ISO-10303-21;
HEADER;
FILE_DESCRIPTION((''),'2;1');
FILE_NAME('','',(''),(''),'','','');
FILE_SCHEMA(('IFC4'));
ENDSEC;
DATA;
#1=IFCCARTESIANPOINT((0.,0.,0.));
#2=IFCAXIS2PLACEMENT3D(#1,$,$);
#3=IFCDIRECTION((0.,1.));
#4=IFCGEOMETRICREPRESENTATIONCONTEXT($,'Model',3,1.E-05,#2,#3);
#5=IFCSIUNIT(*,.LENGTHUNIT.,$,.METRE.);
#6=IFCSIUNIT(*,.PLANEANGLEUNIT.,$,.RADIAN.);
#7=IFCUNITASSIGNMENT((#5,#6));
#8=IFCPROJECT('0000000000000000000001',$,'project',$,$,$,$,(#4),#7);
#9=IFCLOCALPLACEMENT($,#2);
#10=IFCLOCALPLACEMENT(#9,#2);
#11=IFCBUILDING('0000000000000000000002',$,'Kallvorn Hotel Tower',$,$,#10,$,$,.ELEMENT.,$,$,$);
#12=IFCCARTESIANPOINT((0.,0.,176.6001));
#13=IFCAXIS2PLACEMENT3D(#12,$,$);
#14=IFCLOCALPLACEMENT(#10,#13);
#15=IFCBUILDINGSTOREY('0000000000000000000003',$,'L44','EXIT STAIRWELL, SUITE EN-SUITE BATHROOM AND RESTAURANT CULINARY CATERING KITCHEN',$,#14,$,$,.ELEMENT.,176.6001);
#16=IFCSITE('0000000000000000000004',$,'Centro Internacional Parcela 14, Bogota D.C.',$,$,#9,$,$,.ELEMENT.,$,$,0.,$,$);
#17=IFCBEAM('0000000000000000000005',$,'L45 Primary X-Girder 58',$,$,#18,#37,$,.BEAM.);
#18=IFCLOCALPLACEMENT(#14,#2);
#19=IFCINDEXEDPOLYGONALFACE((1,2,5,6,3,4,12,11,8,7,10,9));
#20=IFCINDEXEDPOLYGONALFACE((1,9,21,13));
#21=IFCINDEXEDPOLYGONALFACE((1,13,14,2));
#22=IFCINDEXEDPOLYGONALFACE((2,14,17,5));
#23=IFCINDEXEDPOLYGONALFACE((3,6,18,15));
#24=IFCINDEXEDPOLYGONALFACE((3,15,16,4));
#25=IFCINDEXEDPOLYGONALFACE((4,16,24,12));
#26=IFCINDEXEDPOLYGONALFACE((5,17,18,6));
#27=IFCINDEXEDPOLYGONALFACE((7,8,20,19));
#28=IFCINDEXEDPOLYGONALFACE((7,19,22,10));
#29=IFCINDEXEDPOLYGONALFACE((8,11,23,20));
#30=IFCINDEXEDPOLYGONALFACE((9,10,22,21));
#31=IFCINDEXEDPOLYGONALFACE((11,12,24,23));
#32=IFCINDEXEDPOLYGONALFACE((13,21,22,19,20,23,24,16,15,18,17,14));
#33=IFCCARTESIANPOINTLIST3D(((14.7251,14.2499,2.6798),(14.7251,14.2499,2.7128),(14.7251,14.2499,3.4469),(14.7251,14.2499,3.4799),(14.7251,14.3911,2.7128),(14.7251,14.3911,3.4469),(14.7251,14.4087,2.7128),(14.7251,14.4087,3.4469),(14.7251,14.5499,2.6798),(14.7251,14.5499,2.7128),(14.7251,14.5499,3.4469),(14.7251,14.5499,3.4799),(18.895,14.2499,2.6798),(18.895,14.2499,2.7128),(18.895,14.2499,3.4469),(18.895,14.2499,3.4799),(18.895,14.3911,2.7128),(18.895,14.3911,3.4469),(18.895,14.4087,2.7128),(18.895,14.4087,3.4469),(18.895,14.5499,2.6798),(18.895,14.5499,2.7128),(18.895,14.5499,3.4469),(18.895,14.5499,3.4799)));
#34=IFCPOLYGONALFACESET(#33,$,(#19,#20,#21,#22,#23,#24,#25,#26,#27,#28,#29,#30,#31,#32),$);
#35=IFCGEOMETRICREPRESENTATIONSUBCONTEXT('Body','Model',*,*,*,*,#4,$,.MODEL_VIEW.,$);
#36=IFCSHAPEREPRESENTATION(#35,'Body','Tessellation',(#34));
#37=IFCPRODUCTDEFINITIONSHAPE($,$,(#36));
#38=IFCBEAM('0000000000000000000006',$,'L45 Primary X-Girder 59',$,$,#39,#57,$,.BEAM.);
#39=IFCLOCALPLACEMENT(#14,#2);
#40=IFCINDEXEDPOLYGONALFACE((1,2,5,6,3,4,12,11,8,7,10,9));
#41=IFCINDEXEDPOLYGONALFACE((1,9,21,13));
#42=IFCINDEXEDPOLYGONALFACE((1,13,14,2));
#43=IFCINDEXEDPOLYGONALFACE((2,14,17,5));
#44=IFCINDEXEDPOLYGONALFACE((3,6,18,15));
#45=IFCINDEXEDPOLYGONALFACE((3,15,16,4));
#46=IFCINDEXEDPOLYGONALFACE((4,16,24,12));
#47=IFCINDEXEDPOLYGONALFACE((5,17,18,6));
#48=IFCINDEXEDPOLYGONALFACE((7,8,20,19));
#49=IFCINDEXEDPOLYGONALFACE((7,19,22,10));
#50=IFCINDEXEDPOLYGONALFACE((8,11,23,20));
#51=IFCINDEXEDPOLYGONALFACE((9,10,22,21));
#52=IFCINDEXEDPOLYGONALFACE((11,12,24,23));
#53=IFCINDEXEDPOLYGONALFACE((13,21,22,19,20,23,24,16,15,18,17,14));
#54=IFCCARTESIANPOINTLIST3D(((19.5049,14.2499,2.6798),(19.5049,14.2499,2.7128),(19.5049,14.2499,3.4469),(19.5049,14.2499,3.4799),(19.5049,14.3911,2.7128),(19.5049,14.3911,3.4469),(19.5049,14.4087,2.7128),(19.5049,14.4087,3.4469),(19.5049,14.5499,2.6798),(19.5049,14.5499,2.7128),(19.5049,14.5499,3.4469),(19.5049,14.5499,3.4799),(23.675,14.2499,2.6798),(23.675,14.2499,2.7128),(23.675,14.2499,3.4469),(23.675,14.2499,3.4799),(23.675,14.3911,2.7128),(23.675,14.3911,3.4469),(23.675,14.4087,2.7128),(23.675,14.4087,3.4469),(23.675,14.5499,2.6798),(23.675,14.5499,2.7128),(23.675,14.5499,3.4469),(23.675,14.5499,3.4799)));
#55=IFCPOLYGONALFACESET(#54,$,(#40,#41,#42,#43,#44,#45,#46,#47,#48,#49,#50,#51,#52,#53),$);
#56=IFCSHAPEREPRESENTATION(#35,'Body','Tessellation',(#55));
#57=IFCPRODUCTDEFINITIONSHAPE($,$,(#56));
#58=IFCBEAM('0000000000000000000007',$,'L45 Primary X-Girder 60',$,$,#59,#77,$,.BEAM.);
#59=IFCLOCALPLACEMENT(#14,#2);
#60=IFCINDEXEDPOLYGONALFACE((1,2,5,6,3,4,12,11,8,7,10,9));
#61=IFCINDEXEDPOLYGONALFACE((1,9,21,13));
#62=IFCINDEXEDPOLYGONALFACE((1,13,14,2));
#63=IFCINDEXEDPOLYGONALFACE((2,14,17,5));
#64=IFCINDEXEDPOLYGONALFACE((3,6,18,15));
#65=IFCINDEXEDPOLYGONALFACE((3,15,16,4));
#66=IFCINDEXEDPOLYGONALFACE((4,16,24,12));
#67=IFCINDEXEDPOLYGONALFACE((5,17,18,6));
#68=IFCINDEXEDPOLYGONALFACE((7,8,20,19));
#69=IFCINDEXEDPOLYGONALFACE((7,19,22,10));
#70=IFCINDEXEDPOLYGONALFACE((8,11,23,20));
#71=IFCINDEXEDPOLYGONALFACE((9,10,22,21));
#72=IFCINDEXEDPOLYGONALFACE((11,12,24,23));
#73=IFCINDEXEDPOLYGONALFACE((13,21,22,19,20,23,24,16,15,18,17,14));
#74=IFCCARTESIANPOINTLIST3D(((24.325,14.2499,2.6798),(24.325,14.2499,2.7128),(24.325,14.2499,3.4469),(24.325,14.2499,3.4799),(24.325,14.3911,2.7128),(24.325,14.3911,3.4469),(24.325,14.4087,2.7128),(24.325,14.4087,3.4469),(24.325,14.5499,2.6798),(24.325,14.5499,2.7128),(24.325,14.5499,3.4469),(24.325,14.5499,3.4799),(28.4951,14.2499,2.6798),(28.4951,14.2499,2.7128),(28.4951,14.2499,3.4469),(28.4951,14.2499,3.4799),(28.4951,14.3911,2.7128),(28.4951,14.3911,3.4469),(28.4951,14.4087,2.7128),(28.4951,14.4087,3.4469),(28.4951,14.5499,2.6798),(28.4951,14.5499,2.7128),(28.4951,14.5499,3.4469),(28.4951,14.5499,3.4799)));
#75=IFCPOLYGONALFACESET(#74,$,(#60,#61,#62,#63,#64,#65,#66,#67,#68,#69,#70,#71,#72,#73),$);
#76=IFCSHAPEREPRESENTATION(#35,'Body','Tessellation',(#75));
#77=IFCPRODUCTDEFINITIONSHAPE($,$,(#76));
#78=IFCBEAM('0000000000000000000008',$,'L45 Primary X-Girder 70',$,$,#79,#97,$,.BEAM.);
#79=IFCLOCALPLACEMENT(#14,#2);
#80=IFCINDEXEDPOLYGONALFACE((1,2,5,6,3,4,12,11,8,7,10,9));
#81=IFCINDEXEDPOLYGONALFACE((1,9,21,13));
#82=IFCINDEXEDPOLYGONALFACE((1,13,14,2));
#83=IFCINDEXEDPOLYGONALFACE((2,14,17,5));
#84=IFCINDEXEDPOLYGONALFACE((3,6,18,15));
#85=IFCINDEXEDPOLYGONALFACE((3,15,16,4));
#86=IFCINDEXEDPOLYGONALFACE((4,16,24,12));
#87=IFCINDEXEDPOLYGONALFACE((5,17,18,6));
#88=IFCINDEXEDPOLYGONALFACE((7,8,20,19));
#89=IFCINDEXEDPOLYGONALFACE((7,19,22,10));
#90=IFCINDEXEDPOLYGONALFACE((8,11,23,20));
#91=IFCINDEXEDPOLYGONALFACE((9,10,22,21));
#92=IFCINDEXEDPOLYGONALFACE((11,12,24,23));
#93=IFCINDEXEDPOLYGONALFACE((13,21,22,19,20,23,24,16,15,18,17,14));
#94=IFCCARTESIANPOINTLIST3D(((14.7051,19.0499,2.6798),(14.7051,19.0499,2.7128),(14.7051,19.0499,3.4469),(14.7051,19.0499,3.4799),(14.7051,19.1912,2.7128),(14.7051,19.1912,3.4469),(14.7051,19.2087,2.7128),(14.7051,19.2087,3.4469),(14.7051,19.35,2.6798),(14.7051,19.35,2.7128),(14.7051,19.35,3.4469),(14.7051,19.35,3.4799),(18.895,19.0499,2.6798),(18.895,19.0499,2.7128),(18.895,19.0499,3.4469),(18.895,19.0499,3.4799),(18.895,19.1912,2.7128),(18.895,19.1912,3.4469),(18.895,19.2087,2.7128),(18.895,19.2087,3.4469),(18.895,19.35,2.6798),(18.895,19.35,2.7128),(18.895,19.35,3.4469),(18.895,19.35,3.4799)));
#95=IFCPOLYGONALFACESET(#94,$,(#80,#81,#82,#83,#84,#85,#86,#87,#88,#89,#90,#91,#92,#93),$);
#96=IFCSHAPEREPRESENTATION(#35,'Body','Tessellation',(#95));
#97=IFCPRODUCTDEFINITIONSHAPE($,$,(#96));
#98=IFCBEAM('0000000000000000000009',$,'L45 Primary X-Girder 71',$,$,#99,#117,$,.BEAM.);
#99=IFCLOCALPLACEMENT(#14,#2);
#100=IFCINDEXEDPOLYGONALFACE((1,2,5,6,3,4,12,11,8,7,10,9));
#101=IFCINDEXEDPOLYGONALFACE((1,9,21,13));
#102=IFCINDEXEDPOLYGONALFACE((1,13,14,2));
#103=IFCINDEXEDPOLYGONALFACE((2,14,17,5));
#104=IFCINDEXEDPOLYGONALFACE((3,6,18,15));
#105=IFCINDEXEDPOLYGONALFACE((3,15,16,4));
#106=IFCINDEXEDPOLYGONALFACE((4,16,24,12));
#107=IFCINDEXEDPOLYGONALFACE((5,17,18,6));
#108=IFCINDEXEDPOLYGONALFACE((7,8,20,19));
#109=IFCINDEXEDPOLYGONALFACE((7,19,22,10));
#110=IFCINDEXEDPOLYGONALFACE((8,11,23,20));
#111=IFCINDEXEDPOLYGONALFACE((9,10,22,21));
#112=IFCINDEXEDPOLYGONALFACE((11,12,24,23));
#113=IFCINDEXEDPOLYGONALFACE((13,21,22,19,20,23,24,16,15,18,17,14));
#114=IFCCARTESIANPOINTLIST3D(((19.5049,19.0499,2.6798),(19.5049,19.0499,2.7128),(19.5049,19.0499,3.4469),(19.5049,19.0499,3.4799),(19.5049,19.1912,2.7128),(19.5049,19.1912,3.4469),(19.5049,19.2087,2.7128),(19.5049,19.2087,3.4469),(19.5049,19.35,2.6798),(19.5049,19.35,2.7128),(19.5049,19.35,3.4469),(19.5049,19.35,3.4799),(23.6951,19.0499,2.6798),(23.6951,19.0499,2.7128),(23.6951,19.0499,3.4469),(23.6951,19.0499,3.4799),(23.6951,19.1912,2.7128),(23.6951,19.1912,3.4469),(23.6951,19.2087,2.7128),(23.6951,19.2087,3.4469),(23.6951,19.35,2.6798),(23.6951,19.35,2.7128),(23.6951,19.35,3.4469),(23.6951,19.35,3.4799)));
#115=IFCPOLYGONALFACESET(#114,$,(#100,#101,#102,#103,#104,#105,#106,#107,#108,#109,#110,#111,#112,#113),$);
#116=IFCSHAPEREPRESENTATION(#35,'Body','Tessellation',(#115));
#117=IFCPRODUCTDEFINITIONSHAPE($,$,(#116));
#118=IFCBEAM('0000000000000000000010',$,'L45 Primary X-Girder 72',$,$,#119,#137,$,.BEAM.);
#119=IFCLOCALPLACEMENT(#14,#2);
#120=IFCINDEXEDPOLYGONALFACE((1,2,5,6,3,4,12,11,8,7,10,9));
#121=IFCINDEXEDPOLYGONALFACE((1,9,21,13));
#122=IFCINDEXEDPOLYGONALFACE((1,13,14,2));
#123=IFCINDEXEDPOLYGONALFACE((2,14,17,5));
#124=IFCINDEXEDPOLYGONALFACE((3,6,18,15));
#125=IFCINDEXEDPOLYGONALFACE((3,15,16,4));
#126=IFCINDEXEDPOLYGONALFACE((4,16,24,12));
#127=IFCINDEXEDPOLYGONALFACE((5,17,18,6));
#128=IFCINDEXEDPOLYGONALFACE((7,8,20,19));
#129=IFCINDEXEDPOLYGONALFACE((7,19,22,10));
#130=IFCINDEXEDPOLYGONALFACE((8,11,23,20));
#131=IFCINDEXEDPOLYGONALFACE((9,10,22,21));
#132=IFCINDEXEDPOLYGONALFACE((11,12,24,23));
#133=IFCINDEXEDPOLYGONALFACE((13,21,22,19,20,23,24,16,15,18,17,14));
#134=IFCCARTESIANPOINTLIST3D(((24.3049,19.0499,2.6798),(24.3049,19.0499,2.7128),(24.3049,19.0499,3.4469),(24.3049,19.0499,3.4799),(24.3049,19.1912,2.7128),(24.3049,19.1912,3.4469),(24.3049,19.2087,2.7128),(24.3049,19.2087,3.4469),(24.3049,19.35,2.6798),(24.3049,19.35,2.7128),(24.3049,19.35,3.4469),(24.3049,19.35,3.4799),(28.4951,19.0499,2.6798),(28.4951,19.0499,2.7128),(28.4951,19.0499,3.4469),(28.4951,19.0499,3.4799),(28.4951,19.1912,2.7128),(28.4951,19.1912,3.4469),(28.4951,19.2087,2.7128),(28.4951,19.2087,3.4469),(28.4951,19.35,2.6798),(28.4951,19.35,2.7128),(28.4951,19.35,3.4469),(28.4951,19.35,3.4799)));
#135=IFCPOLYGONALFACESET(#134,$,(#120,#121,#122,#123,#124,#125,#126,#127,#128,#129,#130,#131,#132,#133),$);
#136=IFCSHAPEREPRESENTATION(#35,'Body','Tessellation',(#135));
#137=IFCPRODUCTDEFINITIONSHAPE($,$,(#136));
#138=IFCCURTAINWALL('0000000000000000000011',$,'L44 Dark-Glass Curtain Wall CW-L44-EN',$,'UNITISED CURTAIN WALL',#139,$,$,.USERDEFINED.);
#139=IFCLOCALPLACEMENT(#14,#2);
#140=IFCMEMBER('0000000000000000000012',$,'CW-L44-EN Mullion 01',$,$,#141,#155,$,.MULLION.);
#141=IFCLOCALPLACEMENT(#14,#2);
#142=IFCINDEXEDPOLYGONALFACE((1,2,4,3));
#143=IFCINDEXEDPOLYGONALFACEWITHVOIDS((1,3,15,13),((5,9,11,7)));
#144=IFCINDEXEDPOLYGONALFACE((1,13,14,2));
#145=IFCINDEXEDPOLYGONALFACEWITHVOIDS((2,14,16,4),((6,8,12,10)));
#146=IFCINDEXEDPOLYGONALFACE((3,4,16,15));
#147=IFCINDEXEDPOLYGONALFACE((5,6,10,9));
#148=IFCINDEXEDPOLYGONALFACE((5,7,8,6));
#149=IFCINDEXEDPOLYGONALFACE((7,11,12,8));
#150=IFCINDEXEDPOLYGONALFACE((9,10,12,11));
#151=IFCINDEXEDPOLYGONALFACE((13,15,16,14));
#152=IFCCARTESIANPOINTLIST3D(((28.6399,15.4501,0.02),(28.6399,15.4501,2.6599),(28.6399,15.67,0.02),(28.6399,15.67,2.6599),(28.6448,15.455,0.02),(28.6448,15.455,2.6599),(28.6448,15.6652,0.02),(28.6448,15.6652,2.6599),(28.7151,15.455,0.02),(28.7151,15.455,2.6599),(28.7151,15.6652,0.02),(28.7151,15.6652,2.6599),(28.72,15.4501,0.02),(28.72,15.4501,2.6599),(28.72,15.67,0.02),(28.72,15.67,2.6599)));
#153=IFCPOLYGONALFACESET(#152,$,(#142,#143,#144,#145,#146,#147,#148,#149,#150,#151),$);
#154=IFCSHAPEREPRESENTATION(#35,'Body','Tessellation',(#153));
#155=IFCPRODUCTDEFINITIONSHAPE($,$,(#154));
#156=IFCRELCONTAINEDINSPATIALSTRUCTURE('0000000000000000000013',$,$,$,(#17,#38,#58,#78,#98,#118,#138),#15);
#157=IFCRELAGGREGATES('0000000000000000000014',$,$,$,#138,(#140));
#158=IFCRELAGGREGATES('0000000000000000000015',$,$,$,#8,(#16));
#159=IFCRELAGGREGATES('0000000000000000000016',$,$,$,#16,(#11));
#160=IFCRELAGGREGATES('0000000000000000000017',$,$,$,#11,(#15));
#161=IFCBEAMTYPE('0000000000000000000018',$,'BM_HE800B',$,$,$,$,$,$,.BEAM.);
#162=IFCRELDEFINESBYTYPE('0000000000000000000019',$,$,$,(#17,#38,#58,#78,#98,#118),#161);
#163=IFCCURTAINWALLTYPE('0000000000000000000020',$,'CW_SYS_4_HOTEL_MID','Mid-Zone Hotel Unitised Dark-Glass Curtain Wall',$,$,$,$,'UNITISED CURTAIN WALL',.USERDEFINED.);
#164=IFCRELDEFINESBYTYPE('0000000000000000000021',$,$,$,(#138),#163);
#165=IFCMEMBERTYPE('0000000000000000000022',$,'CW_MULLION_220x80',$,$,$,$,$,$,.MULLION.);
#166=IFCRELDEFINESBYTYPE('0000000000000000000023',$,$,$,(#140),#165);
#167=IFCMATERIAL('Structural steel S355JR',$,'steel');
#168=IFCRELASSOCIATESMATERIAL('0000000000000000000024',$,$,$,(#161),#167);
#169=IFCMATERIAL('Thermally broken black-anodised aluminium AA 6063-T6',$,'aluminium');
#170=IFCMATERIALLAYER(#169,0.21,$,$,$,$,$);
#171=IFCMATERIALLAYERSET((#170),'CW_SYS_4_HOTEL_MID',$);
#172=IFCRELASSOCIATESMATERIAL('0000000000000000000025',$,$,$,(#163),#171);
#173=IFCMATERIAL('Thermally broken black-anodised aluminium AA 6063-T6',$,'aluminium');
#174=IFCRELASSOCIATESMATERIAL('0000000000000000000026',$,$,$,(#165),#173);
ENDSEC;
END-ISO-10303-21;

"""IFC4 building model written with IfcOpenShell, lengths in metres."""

from ifc_helpers import new_model, si_unit, direction, frame, origin, origin_2d, place, context, subcontext, project, spatial, hollow_rectangle, i_section, extrude, material, layer, layer_set, material_profile, profile_set, type_object, element, aggregate, save


model = new_model("IFC4")

# Units and contexts
model_context = context("Model", 3, precision=1e-05, world=origin(), true_north=direction((0.0, 1.0)))
body_context = subcontext(model_context, "Body", "Model", "MODEL_VIEW")
ifc_project = project(units=[si_unit("LENGTHUNIT", "METRE"), si_unit("PLANEANGLEUNIT", "RADIAN")], contexts=[model_context])

# Site, building, storey
site_placement = place(None, origin())
site = spatial("IfcSite", under=ifc_project, at=site_placement, Name="Centro Internacional Parcela 14, Bogota D.C.", CompositionType="ELEMENT", RefElevation=0.0)
building_placement = place(site_placement, origin())
building = spatial("IfcBuilding", under=site, at=building_placement, Name="Kallvorn Hotel Tower", CompositionType="ELEMENT")
storey_placement = place(building_placement, frame((0.0, 0.0, 176.6001)))
storey = spatial("IfcBuildingStorey", under=building, at=storey_placement, Name="L44", Description="EXIT STAIRWELL, SUITE EN-SUITE BATHROOM AND RESTAURANT CULINARY CATERING KITCHEN", CompositionType="ELEMENT", Elevation=176.6001)

# Beams
ifc_material_1 = material(Name="Structural steel S355JR", Category="steel")
ifc_material_profile_1 = material_profile(ifc_material_1, i_section(OverallWidth=0.3, OverallDepth=0.8, WebThickness=0.0176, FlangeThickness=0.033, at=origin_2d()), Name="HE 800 B")
ifc_profile_set_1 = profile_set([ifc_material_profile_1], Name="Structural steel S355JR")
beam_type_1 = type_object("IfcBeamType", Name="BM_HE800B", PredefinedType="BEAM", material=ifc_profile_set_1)
beam_1_placement = place(storey_placement, frame((14.7251, 14.3999, 3.0798), z_axis=(1.0, 0.0, 0.0), x_axis=(0.0, 1.0, 0.0)))
element("IfcBeam", 1, at=beam_1_placement, inside=storey, type_object=beam_type_1, Name="L45 Primary X-Girder 58", PredefinedType="BEAM", context=body_context, shape_type="SweptSolid", body=[
    extrude(i_section(OverallWidth=0.3, OverallDepth=0.8, WebThickness=0.0176, FlangeThickness=0.033, at=origin_2d()), origin(), (0.0, 0.0, 1.0), 4.1699),
])
for number, where, z_axis, x_axis, name in (
    (2, (19.5049, 14.3999, 3.0798), (1.0, 0.0, 0.0), (0.0, 1.0, 0.0), "L45 Primary X-Girder 59"),
    (3, (24.325, 14.3999, 3.0798), (1.0, 0.0, 0.0), (0.0, 1.0, 0.0), "L45 Primary X-Girder 60"),
):
    element("IfcBeam", number, at=place(storey_placement, frame(where, z_axis=z_axis, x_axis=x_axis)), inside=storey, type_object=beam_type_1, Name=name, PredefinedType="BEAM", context=body_context, shape_type="SweptSolid", body=[
        extrude(i_section(OverallWidth=0.3, OverallDepth=0.8, WebThickness=0.0176, FlangeThickness=0.033, at=origin_2d()), origin(), (0.0, 0.0, 1.0), 4.1702),
    ])
beam_2_placement = place(storey_placement, frame((14.7051, 19.2, 3.0798), z_axis=(1.0, 0.0, 0.0), x_axis=(0.0, 1.0, 0.0)))
element("IfcBeam", 4, at=beam_2_placement, inside=storey, type_object=beam_type_1, Name="L45 Primary X-Girder 70", PredefinedType="BEAM", context=body_context, shape_type="SweptSolid", body=[
    extrude(i_section(OverallWidth=0.3, OverallDepth=0.8, WebThickness=0.0176, FlangeThickness=0.033, at=origin_2d()), origin(), (0.0, 0.0, 1.0), 4.1899),
])
for number, where, z_axis, x_axis, name in (
    (5, (19.5049, 19.2, 3.0798), (1.0, 0.0, 0.0), (0.0, 1.0, 0.0), "L45 Primary X-Girder 71"),
    (6, (24.3049, 19.2, 3.0798), (1.0, 0.0, 0.0), (0.0, 1.0, 0.0), "L45 Primary X-Girder 72"),
):
    element("IfcBeam", number, at=place(storey_placement, frame(where, z_axis=z_axis, x_axis=x_axis)), inside=storey, type_object=beam_type_1, Name=name, PredefinedType="BEAM", context=body_context, shape_type="SweptSolid", body=[
        extrude(i_section(OverallWidth=0.3, OverallDepth=0.8, WebThickness=0.0176, FlangeThickness=0.033, at=origin_2d()), origin(), (0.0, 0.0, 1.0), 4.1902),
    ])

# Curtain wall, member
ifc_material_2 = material(Name="Thermally broken black-anodised aluminium AA 6063-T6", Category="aluminium")
ifc_layer_1 = layer(ifc_material_2, 0.21)
ifc_layer_set_1 = layer_set([ifc_layer_1], Name="CW_SYS_4_HOTEL_MID")
curtain_wall_type = type_object("IfcCurtainWallType", Name="CW_SYS_4_HOTEL_MID", Description="Mid-Zone Hotel Unitised Dark-Glass Curtain Wall", ElementType="UNITISED CURTAIN WALL", PredefinedType="USERDEFINED", material=ifc_layer_set_1)
curtain_wall_placement = place(storey_placement, origin())
curtain_wall = element("IfcCurtainWall", 7, at=curtain_wall_placement, inside=storey, type_object=curtain_wall_type, Name="L44 Dark-Glass Curtain Wall CW-L44-EN", ObjectType="UNITISED CURTAIN WALL", PredefinedType="USERDEFINED")
ifc_material_3 = material(Name="Thermally broken black-anodised aluminium AA 6063-T6", Category="aluminium")
ifc_material_profile_2 = material_profile(ifc_material_3, hollow_rectangle(XDim=0.0801, YDim=0.22, WallThickness=0.0049, at=origin_2d()), Name="MUL 220x80")
ifc_profile_set_2 = profile_set([ifc_material_profile_2], Name="Thermally broken black-anodised aluminium AA 6063-T6")
member_type_1 = type_object("IfcMemberType", Name="CW_MULLION_220x80", PredefinedType="MULLION", material=ifc_profile_set_2)
member_placement = place(storey_placement, frame((28.6799, 15.5601, 0.02), z_axis=(0.0, 0.0, 1.0), x_axis=(1.0, 0.0, 0.0)))
member = element("IfcMember", 8, at=member_placement, type_object=member_type_1, Name="CW-L44-EN Mullion 01", PredefinedType="MULLION", context=body_context, shape_type="SweptSolid", body=[
    extrude(hollow_rectangle(XDim=0.0801, YDim=0.22, WallThickness=0.0049, at=origin_2d()), origin(), (0.0, 0.0, 1.0), 2.6399),
])
aggregate(curtain_wall, [member])

save(model, "model.ifc")
